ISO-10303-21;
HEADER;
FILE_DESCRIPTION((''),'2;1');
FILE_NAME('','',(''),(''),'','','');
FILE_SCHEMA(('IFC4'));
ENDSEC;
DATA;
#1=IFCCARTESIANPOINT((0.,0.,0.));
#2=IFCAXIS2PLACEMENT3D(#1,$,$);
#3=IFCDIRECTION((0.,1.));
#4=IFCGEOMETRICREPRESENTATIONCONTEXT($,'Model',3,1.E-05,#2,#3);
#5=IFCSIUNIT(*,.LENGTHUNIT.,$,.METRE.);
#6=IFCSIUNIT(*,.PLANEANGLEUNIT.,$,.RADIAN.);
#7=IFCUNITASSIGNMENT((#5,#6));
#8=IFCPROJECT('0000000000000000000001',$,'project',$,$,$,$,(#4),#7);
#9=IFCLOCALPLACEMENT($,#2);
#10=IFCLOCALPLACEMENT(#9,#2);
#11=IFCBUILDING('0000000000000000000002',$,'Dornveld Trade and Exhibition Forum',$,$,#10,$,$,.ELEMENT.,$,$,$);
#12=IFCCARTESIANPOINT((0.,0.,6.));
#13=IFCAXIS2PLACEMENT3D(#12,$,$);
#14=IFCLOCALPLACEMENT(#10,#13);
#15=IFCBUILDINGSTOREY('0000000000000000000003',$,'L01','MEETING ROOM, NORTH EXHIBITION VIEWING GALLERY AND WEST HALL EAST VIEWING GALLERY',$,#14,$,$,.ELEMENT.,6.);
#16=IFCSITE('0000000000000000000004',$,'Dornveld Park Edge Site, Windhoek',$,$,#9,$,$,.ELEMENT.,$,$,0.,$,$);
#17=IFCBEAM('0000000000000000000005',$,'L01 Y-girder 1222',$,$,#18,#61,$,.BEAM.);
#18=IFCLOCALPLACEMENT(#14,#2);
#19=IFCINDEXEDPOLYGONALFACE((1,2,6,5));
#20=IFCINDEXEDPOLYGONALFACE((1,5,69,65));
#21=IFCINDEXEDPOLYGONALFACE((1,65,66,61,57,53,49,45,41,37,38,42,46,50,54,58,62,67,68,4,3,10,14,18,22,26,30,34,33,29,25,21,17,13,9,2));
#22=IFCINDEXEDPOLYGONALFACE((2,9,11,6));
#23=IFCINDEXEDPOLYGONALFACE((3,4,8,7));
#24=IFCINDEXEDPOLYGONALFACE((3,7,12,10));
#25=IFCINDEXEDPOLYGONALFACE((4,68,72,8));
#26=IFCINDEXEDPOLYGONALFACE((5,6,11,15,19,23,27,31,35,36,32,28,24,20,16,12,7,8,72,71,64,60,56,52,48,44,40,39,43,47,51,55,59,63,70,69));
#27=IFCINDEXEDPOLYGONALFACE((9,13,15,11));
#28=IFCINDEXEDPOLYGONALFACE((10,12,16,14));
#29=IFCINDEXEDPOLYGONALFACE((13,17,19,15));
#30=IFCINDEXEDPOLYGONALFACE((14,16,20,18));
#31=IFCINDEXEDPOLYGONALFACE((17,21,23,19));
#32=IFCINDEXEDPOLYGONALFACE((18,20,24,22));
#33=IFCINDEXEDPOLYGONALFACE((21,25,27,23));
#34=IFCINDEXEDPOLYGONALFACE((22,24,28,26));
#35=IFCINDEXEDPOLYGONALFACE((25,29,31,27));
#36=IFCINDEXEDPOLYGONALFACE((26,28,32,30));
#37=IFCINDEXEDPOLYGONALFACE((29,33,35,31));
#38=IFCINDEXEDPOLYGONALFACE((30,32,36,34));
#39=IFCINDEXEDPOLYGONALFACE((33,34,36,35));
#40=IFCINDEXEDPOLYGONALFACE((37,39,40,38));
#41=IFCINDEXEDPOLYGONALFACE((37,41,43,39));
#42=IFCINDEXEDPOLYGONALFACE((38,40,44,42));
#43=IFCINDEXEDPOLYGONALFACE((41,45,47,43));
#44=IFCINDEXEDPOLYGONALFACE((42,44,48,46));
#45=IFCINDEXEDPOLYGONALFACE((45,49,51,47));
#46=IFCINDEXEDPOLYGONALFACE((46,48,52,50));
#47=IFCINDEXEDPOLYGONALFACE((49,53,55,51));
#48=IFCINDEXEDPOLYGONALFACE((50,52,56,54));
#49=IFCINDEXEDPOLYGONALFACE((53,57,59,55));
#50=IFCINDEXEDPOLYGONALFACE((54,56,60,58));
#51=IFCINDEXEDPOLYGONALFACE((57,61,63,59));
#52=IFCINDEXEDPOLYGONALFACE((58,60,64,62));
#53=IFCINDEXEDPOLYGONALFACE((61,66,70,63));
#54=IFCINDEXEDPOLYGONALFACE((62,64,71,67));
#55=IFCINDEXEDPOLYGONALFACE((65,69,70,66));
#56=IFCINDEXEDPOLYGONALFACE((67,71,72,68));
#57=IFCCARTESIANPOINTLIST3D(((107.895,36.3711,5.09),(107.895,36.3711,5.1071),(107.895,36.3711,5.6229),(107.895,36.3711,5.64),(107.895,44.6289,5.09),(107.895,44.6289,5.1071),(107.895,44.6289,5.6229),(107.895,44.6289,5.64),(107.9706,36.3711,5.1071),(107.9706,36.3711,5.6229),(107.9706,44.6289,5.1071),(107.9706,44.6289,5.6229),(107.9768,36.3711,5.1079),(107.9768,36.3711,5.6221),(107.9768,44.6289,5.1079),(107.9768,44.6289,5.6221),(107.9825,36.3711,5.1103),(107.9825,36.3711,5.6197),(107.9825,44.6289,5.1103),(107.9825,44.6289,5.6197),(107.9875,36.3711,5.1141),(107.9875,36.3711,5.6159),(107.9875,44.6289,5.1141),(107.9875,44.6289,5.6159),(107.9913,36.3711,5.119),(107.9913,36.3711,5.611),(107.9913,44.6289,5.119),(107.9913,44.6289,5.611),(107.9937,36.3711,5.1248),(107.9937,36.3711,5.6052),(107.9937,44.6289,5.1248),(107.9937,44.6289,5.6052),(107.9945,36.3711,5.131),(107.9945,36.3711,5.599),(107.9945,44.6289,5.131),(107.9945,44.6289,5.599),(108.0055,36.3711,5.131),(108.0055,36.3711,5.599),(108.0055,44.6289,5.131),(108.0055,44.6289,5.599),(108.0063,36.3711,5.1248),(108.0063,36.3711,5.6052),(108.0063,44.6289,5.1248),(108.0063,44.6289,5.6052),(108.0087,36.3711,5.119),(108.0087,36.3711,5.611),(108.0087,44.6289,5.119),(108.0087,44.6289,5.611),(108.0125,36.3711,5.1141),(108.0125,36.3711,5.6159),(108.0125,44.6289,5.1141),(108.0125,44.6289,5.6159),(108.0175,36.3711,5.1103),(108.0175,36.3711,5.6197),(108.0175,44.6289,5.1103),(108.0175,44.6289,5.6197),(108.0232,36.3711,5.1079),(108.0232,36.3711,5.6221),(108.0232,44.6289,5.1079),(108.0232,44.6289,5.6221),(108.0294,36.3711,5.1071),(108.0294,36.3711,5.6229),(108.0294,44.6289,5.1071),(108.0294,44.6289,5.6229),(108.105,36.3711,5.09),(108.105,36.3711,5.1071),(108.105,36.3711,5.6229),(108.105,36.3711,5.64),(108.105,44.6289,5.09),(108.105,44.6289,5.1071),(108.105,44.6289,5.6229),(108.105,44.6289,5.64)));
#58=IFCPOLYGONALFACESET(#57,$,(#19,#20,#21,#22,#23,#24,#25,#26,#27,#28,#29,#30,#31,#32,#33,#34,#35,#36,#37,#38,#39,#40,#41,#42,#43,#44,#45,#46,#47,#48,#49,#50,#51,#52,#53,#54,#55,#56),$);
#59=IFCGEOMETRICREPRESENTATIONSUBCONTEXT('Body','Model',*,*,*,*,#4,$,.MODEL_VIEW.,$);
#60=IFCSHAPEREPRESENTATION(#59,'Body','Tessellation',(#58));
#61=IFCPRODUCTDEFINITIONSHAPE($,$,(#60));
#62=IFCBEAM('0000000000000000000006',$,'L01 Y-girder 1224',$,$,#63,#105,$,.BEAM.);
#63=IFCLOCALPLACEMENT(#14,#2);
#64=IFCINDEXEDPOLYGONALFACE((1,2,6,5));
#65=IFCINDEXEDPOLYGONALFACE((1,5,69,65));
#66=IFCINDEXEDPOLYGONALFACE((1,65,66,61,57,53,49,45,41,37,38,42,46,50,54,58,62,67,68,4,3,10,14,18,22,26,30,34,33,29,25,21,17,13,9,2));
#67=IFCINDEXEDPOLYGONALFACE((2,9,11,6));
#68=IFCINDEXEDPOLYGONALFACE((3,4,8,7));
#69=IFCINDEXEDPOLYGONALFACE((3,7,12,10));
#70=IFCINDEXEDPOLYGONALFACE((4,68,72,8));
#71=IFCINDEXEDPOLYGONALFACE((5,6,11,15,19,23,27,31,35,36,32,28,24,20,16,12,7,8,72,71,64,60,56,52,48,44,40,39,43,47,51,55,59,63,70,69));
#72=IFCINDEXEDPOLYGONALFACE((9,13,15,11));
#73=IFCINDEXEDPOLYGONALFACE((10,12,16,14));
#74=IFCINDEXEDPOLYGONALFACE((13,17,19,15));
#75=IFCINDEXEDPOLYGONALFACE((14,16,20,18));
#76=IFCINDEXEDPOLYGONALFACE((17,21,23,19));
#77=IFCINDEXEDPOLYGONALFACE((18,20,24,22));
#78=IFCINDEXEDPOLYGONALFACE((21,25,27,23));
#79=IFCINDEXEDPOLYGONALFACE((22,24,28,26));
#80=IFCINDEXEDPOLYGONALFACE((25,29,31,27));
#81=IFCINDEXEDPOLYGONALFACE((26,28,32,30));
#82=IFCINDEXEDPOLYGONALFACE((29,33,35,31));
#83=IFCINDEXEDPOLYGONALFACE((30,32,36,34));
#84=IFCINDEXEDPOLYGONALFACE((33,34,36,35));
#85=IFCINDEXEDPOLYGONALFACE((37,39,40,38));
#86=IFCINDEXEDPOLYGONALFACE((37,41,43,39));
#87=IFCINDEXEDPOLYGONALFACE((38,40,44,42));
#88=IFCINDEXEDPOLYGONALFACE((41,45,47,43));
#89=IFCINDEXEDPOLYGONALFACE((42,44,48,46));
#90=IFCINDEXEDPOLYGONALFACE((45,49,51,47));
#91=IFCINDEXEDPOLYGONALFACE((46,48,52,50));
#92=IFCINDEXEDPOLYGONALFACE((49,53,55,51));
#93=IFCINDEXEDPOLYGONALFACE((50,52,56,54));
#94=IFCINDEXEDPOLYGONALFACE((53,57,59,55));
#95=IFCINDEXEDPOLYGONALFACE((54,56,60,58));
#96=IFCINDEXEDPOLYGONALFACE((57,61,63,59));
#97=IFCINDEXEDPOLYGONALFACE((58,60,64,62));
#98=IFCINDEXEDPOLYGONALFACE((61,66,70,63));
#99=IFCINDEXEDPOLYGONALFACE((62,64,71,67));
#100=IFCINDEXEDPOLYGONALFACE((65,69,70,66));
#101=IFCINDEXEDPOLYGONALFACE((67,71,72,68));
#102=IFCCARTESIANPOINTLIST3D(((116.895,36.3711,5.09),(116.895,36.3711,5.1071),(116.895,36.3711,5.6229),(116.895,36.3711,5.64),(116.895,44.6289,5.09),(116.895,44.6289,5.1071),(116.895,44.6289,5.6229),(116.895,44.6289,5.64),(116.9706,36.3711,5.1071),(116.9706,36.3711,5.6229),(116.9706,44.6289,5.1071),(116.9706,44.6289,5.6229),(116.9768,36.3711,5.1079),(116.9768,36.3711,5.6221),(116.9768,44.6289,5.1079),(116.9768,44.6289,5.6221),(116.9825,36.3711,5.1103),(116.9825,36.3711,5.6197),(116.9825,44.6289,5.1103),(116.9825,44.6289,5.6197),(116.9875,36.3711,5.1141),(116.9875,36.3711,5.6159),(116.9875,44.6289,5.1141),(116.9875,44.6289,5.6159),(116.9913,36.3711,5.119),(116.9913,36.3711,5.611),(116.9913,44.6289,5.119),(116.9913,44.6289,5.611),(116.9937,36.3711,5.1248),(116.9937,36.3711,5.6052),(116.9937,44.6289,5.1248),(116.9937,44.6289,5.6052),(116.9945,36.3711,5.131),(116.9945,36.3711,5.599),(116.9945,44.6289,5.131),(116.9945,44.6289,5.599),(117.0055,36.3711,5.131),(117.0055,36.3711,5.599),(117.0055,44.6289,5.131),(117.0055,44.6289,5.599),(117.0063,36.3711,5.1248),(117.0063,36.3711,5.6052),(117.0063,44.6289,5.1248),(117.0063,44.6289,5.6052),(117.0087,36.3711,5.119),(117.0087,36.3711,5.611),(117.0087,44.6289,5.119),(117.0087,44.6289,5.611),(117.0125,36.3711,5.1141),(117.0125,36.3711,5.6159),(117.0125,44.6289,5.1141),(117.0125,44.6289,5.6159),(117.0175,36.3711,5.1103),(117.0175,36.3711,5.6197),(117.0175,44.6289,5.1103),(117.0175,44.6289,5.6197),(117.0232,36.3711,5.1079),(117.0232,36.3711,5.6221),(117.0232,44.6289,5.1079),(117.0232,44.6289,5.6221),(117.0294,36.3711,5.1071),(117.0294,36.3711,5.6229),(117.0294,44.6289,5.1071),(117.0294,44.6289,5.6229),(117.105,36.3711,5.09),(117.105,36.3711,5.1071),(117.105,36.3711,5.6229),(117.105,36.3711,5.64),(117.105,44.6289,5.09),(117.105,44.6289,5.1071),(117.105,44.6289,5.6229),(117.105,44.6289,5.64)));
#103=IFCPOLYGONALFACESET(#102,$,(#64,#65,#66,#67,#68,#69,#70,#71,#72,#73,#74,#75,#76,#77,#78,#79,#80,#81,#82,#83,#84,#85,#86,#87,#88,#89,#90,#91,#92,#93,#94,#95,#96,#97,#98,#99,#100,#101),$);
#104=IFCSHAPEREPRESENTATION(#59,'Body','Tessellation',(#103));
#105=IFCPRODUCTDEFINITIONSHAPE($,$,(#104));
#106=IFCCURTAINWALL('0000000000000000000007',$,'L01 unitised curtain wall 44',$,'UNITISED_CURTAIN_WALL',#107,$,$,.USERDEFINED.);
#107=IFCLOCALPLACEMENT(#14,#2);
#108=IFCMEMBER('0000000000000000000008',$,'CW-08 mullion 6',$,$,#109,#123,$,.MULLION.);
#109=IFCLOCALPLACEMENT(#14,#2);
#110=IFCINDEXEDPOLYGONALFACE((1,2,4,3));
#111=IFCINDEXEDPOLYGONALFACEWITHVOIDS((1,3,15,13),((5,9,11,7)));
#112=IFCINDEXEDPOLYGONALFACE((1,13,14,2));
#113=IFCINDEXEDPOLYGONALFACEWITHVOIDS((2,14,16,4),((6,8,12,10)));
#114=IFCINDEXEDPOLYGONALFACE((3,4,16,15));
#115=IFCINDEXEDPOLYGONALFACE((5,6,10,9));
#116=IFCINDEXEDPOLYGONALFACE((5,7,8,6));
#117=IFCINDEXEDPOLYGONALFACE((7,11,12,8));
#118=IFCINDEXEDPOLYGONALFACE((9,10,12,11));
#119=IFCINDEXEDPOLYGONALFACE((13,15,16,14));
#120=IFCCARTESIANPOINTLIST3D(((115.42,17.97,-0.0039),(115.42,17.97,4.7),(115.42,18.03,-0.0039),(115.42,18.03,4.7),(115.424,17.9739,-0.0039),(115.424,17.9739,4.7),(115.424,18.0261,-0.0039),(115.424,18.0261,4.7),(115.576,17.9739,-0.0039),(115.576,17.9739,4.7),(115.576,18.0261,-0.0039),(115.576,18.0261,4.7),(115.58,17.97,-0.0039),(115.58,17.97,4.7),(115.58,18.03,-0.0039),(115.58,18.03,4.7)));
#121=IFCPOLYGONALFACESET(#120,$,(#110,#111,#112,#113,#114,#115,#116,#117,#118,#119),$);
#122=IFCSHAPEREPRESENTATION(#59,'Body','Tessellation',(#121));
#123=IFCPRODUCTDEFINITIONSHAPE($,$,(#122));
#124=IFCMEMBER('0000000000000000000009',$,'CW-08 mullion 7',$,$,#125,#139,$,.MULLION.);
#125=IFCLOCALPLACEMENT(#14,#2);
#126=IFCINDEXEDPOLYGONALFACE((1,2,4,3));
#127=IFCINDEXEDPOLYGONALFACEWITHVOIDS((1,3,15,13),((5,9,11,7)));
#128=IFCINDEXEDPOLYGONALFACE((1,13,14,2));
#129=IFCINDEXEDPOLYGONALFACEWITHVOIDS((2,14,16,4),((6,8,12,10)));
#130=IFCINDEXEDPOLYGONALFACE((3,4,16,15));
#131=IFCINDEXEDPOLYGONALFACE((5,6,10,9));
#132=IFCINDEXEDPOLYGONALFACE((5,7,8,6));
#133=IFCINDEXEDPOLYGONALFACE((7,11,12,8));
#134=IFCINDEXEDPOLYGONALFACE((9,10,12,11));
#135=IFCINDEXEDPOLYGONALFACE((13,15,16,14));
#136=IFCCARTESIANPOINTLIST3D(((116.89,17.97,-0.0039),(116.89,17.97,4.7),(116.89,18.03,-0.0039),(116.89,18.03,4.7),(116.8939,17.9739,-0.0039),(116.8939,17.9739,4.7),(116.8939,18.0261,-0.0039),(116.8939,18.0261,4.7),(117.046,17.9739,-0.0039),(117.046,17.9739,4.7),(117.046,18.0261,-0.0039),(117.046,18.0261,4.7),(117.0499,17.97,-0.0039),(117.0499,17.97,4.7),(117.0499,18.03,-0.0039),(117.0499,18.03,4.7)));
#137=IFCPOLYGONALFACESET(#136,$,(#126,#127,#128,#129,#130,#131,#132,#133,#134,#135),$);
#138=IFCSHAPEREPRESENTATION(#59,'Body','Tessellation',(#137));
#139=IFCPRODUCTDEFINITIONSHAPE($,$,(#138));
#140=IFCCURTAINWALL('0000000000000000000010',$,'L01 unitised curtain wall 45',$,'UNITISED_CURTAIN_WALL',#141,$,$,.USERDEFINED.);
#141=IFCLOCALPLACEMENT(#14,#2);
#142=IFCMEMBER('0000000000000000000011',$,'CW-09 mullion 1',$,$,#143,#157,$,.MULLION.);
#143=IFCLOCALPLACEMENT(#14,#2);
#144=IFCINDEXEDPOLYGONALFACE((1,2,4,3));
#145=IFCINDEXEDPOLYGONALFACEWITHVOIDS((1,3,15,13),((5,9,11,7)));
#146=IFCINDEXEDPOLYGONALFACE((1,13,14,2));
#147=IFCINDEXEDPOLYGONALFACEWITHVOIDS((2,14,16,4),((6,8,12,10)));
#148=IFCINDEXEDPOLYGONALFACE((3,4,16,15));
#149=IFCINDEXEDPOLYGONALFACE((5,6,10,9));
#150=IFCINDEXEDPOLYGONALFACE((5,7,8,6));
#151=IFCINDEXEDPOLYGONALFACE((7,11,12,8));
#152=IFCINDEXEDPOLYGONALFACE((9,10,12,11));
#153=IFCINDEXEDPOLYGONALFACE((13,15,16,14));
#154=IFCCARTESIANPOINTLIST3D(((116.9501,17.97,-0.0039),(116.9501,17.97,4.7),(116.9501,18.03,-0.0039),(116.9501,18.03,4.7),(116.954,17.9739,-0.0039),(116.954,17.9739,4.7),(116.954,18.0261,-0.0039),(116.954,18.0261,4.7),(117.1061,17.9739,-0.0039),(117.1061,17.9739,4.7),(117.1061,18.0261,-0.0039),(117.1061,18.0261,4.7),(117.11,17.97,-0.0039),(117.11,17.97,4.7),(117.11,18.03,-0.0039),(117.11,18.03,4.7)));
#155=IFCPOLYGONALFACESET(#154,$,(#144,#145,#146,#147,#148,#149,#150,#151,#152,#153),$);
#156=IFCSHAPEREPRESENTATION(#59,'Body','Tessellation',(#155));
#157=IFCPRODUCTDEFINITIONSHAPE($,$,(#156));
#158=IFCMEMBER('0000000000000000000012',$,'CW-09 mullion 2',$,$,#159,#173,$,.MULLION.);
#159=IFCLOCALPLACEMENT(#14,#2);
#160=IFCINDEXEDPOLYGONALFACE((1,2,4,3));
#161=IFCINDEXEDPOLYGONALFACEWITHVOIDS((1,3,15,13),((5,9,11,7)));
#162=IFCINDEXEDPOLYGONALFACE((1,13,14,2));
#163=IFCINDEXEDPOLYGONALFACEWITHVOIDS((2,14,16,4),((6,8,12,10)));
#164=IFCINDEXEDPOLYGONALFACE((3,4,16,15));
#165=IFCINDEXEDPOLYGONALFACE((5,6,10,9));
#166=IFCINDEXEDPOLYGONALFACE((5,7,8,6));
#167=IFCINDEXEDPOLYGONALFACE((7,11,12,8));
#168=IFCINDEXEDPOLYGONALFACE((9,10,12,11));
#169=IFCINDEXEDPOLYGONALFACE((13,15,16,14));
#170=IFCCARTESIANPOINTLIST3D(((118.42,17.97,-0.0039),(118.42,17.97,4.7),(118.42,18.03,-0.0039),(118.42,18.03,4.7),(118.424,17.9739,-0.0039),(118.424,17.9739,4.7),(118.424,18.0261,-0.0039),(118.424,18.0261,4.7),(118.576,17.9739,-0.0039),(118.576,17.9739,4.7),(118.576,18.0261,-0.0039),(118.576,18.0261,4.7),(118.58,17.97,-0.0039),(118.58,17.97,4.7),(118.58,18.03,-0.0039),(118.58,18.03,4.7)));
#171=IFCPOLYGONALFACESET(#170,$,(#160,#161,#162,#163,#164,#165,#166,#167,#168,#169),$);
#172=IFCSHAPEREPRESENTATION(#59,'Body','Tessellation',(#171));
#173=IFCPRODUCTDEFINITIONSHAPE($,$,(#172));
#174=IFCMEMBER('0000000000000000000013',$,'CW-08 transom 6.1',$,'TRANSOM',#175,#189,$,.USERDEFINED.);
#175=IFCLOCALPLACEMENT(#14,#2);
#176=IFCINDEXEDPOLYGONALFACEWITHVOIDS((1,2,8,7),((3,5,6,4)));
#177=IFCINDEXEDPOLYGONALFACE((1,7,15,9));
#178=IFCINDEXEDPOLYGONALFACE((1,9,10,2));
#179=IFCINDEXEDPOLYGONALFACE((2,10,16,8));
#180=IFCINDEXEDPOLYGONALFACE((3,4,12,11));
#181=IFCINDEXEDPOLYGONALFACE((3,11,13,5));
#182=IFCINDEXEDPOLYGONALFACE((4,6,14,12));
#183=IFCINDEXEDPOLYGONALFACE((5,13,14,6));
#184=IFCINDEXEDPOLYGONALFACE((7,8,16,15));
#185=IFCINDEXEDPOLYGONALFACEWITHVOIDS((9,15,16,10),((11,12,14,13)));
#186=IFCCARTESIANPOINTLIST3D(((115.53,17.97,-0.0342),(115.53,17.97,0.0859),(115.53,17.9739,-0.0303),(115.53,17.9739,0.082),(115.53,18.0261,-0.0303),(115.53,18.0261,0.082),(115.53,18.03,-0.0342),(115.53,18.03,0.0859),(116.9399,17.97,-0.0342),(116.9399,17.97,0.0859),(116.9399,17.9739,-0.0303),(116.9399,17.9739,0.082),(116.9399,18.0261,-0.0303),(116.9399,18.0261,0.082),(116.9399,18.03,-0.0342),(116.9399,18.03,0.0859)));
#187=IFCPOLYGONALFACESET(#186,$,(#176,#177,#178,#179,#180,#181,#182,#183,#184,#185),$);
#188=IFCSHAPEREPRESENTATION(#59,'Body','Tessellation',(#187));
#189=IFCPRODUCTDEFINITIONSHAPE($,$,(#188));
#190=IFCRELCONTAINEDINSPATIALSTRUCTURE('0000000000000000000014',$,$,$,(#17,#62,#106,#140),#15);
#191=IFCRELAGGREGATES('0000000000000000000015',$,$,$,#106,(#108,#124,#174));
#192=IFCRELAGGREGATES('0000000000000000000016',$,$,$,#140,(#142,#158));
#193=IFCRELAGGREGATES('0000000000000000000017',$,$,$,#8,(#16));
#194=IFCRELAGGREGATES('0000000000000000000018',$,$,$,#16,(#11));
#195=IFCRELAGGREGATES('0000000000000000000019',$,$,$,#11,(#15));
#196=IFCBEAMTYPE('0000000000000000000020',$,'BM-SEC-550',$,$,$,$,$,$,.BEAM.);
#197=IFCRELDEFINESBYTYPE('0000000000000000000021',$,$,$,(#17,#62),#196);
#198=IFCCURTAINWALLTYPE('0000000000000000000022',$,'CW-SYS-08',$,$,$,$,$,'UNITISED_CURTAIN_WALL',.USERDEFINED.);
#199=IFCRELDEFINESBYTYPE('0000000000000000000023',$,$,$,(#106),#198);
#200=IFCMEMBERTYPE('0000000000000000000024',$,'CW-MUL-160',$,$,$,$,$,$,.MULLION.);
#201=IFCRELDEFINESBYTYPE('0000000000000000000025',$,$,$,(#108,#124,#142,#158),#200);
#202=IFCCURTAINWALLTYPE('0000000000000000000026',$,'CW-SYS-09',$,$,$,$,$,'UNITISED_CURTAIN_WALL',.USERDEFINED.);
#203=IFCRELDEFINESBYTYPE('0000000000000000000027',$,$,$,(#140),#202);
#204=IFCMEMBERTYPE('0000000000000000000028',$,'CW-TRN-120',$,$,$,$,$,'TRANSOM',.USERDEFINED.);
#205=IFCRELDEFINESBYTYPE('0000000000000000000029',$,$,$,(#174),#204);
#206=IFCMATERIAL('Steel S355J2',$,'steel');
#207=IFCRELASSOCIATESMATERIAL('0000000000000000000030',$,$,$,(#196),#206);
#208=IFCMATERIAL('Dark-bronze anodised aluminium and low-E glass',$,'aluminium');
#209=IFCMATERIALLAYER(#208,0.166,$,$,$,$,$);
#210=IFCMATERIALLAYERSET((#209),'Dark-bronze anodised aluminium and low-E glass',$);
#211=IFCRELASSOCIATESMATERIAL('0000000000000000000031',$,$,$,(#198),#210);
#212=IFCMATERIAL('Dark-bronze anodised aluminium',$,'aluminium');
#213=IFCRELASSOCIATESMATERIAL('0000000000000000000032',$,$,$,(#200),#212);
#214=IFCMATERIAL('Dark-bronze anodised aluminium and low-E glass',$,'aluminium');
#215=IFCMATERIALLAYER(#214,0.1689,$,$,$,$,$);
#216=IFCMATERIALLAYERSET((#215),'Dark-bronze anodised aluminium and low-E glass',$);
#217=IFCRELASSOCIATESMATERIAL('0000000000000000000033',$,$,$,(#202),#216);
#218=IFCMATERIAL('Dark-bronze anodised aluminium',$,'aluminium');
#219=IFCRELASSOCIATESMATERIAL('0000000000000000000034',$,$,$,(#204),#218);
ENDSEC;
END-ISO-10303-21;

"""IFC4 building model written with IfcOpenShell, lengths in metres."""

from ifc_helpers import new_model, si_unit, direction, frame, origin, origin_2d, place, context, subcontext, project, spatial, hollow_rectangle, i_section, extrude, material, layer, layer_set, material_profile, profile_set, type_object, element, aggregate, save


model = new_model("IFC4")

# Units and contexts
model_context = context("Model", 3, precision=1e-05, world=origin(), true_north=direction((0.0, 1.0)))
body_context = subcontext(model_context, "Body", "Model", "MODEL_VIEW")
ifc_project = project(units=[si_unit("LENGTHUNIT", "METRE"), si_unit("PLANEANGLEUNIT", "RADIAN")], contexts=[model_context])

# Site, building, storey
site_placement = place(None, origin())
site = spatial("IfcSite", under=ifc_project, at=site_placement, Name="Dornveld Park Edge Site, Windhoek", CompositionType="ELEMENT", RefElevation=0.0)
building_placement = place(site_placement, origin())
building = spatial("IfcBuilding", under=site, at=building_placement, Name="Dornveld Trade and Exhibition Forum", CompositionType="ELEMENT")
storey_placement = place(building_placement, frame((0.0, 0.0, 6.0)))
storey = spatial("IfcBuildingStorey", under=building, at=storey_placement, Name="L01", Description="MEETING ROOM, NORTH EXHIBITION VIEWING GALLERY AND WEST HALL EAST VIEWING GALLERY", CompositionType="ELEMENT", Elevation=6.0)

# Beams
ifc_material_1 = material(Name="Steel S355J2", Category="steel")
ifc_material_profile_1 = material_profile(ifc_material_1, i_section(OverallWidth=0.21, OverallDepth=0.55, WebThickness=0.011, FlangeThickness=0.0171, FilletRadius=0.0239, at=origin_2d()), Name="IPE 550")
ifc_profile_set_1 = profile_set([ifc_material_profile_1], Name="Steel S355J2")
beam_type_1 = type_object("IfcBeamType", Name="BM-SEC-550", PredefinedType="BEAM", material=ifc_profile_set_1)
for number, where, z_axis, x_axis, name in (
    (1, (108.0, 36.3711, 5.365), (0.0, 1.0, 0.0), (-1.0, 0.0, 0.0), "L01 Y-girder 1222"),
    (2, (117.0, 36.3711, 5.365), (0.0, 1.0, 0.0), (-1.0, 0.0, 0.0), "L01 Y-girder 1224"),
):
    element("IfcBeam", number, at=place(storey_placement, frame(where, z_axis=z_axis, x_axis=x_axis)), inside=storey, type_object=beam_type_1, Name=name, PredefinedType="BEAM", context=body_context, shape_type="SweptSolid", body=[
        extrude(i_section(OverallWidth=0.21, OverallDepth=0.55, WebThickness=0.011, FlangeThickness=0.0171, FilletRadius=0.0239, at=origin_2d()), origin(), (0.0, 0.0, 1.0), 8.2578),
    ])

# Curtain walls, members
ifc_material_2 = material(Name="Dark-bronze anodised aluminium and low-E glass", Category="aluminium")
ifc_layer_1 = layer(ifc_material_2, 0.166)
ifc_layer_set_1 = layer_set([ifc_layer_1], Name="Dark-bronze anodised aluminium and low-E glass")
curtain_wall_type_1 = type_object("IfcCurtainWallType", Name="CW-SYS-08", ElementType="UNITISED_CURTAIN_WALL", PredefinedType="USERDEFINED", material=ifc_layer_set_1)
curtain_wall_1_placement = place(storey_placement, origin())
curtain_wall_1 = element("IfcCurtainWall", 3, at=curtain_wall_1_placement, inside=storey, type_object=curtain_wall_type_1, Name="L01 unitised curtain wall 44", ObjectType="UNITISED_CURTAIN_WALL", PredefinedType="USERDEFINED")
ifc_material_3 = material(Name="Dark-bronze anodised aluminium", Category="aluminium")
ifc_material_profile_2 = material_profile(ifc_material_3, hollow_rectangle(XDim=0.0601, YDim=0.1599, WallThickness=0.0039, at=origin_2d()), Name="RHS 160x60x4")
ifc_profile_set_2 = profile_set([ifc_material_profile_2], Name="Dark-bronze anodised aluminium")
member_type_1 = type_object("IfcMemberType", Name="CW-MUL-160", PredefinedType="MULLION", material=ifc_profile_set_2)
member_1_placement = place(storey_placement, frame((115.5, 18.0, -0.0039), z_axis=(0.0, 0.0, 1.0), x_axis=(0.0, 1.0, 0.0)))
member_1 = element("IfcMember", 4, at=member_1_placement, type_object=member_type_1, Name="CW-08 mullion 6", PredefinedType="MULLION", context=body_context, shape_type="SweptSolid", body=[
    extrude(hollow_rectangle(XDim=0.0601, YDim=0.1599, WallThickness=0.0039, at=origin_2d()), origin(), (0.0, 0.0, 1.0), 4.7039),
])
member_2_placement = place(storey_placement, frame((116.97, 18.0, -0.0039), z_axis=(0.0, 0.0, 1.0), x_axis=(0.0, 1.0, 0.0)))
member_2 = element("IfcMember", 5, at=member_2_placement, type_object=member_type_1, Name="CW-08 mullion 7", PredefinedType="MULLION", context=body_context, shape_type="SweptSolid", body=[
    extrude(hollow_rectangle(XDim=0.0601, YDim=0.1599, WallThickness=0.0039, at=origin_2d()), origin(), (0.0, 0.0, 1.0), 4.7039),
])
ifc_material_4 = material(Name="Dark-bronze anodised aluminium and low-E glass", Category="aluminium")
ifc_layer_2 = layer(ifc_material_4, 0.1689)
ifc_layer_set_2 = layer_set([ifc_layer_2], Name="Dark-bronze anodised aluminium and low-E glass")
curtain_wall_type_2 = type_object("IfcCurtainWallType", Name="CW-SYS-09", ElementType="UNITISED_CURTAIN_WALL", PredefinedType="USERDEFINED", material=ifc_layer_set_2)
curtain_wall_2_placement = place(storey_placement, origin())
curtain_wall_2 = element("IfcCurtainWall", 6, at=curtain_wall_2_placement, inside=storey, type_object=curtain_wall_type_2, Name="L01 unitised curtain wall 45", ObjectType="UNITISED_CURTAIN_WALL", PredefinedType="USERDEFINED")
member_3_placement = place(storey_placement, frame((117.03, 18.0, -0.0039), z_axis=(0.0, 0.0, 1.0), x_axis=(0.0, 1.0, 0.0)))
member_3 = element("IfcMember", 7, at=member_3_placement, type_object=member_type_1, Name="CW-09 mullion 1", PredefinedType="MULLION", context=body_context, shape_type="SweptSolid", body=[
    extrude(hollow_rectangle(XDim=0.0601, YDim=0.1599, WallThickness=0.0039, at=origin_2d()), origin(), (0.0, 0.0, 1.0), 4.7039),
])
member_4_placement = place(storey_placement, frame((118.5, 18.0, -0.0039), z_axis=(0.0, 0.0, 1.0), x_axis=(0.0, 1.0, 0.0)))
member_4 = element("IfcMember", 8, at=member_4_placement, type_object=member_type_1, Name="CW-09 mullion 2", PredefinedType="MULLION", context=body_context, shape_type="SweptSolid", body=[
    extrude(hollow_rectangle(XDim=0.0601, YDim=0.1599, WallThickness=0.0039, at=origin_2d()), origin(), (0.0, 0.0, 1.0), 4.7039),
])

# Member
ifc_material_5 = material(Name="Dark-bronze anodised aluminium", Category="aluminium")
ifc_material_profile_3 = material_profile(ifc_material_5, hollow_rectangle(XDim=0.0601, YDim=0.1201, WallThickness=0.0039, at=origin_2d()), Name="RHS 120x60x4")
ifc_profile_set_3 = profile_set([ifc_material_profile_3], Name="Dark-bronze anodised aluminium")
member_type_2 = type_object("IfcMemberType", Name="CW-TRN-120", ElementType="TRANSOM", PredefinedType="USERDEFINED", material=ifc_profile_set_3)
member_5_placement = place(storey_placement, frame((115.53, 18.0, 0.0259), z_axis=(1.0, 0.0, 0.0), x_axis=(0.0, 1.0, 0.0)))
member_5 = element("IfcMember", 9, at=member_5_placement, type_object=member_type_2, Name="CW-08 transom 6.1", ObjectType="TRANSOM", PredefinedType="USERDEFINED", context=body_context, shape_type="SweptSolid", body=[
    extrude(hollow_rectangle(XDim=0.0601, YDim=0.1201, WallThickness=0.0039, at=origin_2d()), origin(), (0.0, 0.0, 1.0), 1.4099),
])

aggregate(curtain_wall_1, [member_1, member_2, member_5])
aggregate(curtain_wall_2, [member_3, member_4])

save(model, "model.ifc")
